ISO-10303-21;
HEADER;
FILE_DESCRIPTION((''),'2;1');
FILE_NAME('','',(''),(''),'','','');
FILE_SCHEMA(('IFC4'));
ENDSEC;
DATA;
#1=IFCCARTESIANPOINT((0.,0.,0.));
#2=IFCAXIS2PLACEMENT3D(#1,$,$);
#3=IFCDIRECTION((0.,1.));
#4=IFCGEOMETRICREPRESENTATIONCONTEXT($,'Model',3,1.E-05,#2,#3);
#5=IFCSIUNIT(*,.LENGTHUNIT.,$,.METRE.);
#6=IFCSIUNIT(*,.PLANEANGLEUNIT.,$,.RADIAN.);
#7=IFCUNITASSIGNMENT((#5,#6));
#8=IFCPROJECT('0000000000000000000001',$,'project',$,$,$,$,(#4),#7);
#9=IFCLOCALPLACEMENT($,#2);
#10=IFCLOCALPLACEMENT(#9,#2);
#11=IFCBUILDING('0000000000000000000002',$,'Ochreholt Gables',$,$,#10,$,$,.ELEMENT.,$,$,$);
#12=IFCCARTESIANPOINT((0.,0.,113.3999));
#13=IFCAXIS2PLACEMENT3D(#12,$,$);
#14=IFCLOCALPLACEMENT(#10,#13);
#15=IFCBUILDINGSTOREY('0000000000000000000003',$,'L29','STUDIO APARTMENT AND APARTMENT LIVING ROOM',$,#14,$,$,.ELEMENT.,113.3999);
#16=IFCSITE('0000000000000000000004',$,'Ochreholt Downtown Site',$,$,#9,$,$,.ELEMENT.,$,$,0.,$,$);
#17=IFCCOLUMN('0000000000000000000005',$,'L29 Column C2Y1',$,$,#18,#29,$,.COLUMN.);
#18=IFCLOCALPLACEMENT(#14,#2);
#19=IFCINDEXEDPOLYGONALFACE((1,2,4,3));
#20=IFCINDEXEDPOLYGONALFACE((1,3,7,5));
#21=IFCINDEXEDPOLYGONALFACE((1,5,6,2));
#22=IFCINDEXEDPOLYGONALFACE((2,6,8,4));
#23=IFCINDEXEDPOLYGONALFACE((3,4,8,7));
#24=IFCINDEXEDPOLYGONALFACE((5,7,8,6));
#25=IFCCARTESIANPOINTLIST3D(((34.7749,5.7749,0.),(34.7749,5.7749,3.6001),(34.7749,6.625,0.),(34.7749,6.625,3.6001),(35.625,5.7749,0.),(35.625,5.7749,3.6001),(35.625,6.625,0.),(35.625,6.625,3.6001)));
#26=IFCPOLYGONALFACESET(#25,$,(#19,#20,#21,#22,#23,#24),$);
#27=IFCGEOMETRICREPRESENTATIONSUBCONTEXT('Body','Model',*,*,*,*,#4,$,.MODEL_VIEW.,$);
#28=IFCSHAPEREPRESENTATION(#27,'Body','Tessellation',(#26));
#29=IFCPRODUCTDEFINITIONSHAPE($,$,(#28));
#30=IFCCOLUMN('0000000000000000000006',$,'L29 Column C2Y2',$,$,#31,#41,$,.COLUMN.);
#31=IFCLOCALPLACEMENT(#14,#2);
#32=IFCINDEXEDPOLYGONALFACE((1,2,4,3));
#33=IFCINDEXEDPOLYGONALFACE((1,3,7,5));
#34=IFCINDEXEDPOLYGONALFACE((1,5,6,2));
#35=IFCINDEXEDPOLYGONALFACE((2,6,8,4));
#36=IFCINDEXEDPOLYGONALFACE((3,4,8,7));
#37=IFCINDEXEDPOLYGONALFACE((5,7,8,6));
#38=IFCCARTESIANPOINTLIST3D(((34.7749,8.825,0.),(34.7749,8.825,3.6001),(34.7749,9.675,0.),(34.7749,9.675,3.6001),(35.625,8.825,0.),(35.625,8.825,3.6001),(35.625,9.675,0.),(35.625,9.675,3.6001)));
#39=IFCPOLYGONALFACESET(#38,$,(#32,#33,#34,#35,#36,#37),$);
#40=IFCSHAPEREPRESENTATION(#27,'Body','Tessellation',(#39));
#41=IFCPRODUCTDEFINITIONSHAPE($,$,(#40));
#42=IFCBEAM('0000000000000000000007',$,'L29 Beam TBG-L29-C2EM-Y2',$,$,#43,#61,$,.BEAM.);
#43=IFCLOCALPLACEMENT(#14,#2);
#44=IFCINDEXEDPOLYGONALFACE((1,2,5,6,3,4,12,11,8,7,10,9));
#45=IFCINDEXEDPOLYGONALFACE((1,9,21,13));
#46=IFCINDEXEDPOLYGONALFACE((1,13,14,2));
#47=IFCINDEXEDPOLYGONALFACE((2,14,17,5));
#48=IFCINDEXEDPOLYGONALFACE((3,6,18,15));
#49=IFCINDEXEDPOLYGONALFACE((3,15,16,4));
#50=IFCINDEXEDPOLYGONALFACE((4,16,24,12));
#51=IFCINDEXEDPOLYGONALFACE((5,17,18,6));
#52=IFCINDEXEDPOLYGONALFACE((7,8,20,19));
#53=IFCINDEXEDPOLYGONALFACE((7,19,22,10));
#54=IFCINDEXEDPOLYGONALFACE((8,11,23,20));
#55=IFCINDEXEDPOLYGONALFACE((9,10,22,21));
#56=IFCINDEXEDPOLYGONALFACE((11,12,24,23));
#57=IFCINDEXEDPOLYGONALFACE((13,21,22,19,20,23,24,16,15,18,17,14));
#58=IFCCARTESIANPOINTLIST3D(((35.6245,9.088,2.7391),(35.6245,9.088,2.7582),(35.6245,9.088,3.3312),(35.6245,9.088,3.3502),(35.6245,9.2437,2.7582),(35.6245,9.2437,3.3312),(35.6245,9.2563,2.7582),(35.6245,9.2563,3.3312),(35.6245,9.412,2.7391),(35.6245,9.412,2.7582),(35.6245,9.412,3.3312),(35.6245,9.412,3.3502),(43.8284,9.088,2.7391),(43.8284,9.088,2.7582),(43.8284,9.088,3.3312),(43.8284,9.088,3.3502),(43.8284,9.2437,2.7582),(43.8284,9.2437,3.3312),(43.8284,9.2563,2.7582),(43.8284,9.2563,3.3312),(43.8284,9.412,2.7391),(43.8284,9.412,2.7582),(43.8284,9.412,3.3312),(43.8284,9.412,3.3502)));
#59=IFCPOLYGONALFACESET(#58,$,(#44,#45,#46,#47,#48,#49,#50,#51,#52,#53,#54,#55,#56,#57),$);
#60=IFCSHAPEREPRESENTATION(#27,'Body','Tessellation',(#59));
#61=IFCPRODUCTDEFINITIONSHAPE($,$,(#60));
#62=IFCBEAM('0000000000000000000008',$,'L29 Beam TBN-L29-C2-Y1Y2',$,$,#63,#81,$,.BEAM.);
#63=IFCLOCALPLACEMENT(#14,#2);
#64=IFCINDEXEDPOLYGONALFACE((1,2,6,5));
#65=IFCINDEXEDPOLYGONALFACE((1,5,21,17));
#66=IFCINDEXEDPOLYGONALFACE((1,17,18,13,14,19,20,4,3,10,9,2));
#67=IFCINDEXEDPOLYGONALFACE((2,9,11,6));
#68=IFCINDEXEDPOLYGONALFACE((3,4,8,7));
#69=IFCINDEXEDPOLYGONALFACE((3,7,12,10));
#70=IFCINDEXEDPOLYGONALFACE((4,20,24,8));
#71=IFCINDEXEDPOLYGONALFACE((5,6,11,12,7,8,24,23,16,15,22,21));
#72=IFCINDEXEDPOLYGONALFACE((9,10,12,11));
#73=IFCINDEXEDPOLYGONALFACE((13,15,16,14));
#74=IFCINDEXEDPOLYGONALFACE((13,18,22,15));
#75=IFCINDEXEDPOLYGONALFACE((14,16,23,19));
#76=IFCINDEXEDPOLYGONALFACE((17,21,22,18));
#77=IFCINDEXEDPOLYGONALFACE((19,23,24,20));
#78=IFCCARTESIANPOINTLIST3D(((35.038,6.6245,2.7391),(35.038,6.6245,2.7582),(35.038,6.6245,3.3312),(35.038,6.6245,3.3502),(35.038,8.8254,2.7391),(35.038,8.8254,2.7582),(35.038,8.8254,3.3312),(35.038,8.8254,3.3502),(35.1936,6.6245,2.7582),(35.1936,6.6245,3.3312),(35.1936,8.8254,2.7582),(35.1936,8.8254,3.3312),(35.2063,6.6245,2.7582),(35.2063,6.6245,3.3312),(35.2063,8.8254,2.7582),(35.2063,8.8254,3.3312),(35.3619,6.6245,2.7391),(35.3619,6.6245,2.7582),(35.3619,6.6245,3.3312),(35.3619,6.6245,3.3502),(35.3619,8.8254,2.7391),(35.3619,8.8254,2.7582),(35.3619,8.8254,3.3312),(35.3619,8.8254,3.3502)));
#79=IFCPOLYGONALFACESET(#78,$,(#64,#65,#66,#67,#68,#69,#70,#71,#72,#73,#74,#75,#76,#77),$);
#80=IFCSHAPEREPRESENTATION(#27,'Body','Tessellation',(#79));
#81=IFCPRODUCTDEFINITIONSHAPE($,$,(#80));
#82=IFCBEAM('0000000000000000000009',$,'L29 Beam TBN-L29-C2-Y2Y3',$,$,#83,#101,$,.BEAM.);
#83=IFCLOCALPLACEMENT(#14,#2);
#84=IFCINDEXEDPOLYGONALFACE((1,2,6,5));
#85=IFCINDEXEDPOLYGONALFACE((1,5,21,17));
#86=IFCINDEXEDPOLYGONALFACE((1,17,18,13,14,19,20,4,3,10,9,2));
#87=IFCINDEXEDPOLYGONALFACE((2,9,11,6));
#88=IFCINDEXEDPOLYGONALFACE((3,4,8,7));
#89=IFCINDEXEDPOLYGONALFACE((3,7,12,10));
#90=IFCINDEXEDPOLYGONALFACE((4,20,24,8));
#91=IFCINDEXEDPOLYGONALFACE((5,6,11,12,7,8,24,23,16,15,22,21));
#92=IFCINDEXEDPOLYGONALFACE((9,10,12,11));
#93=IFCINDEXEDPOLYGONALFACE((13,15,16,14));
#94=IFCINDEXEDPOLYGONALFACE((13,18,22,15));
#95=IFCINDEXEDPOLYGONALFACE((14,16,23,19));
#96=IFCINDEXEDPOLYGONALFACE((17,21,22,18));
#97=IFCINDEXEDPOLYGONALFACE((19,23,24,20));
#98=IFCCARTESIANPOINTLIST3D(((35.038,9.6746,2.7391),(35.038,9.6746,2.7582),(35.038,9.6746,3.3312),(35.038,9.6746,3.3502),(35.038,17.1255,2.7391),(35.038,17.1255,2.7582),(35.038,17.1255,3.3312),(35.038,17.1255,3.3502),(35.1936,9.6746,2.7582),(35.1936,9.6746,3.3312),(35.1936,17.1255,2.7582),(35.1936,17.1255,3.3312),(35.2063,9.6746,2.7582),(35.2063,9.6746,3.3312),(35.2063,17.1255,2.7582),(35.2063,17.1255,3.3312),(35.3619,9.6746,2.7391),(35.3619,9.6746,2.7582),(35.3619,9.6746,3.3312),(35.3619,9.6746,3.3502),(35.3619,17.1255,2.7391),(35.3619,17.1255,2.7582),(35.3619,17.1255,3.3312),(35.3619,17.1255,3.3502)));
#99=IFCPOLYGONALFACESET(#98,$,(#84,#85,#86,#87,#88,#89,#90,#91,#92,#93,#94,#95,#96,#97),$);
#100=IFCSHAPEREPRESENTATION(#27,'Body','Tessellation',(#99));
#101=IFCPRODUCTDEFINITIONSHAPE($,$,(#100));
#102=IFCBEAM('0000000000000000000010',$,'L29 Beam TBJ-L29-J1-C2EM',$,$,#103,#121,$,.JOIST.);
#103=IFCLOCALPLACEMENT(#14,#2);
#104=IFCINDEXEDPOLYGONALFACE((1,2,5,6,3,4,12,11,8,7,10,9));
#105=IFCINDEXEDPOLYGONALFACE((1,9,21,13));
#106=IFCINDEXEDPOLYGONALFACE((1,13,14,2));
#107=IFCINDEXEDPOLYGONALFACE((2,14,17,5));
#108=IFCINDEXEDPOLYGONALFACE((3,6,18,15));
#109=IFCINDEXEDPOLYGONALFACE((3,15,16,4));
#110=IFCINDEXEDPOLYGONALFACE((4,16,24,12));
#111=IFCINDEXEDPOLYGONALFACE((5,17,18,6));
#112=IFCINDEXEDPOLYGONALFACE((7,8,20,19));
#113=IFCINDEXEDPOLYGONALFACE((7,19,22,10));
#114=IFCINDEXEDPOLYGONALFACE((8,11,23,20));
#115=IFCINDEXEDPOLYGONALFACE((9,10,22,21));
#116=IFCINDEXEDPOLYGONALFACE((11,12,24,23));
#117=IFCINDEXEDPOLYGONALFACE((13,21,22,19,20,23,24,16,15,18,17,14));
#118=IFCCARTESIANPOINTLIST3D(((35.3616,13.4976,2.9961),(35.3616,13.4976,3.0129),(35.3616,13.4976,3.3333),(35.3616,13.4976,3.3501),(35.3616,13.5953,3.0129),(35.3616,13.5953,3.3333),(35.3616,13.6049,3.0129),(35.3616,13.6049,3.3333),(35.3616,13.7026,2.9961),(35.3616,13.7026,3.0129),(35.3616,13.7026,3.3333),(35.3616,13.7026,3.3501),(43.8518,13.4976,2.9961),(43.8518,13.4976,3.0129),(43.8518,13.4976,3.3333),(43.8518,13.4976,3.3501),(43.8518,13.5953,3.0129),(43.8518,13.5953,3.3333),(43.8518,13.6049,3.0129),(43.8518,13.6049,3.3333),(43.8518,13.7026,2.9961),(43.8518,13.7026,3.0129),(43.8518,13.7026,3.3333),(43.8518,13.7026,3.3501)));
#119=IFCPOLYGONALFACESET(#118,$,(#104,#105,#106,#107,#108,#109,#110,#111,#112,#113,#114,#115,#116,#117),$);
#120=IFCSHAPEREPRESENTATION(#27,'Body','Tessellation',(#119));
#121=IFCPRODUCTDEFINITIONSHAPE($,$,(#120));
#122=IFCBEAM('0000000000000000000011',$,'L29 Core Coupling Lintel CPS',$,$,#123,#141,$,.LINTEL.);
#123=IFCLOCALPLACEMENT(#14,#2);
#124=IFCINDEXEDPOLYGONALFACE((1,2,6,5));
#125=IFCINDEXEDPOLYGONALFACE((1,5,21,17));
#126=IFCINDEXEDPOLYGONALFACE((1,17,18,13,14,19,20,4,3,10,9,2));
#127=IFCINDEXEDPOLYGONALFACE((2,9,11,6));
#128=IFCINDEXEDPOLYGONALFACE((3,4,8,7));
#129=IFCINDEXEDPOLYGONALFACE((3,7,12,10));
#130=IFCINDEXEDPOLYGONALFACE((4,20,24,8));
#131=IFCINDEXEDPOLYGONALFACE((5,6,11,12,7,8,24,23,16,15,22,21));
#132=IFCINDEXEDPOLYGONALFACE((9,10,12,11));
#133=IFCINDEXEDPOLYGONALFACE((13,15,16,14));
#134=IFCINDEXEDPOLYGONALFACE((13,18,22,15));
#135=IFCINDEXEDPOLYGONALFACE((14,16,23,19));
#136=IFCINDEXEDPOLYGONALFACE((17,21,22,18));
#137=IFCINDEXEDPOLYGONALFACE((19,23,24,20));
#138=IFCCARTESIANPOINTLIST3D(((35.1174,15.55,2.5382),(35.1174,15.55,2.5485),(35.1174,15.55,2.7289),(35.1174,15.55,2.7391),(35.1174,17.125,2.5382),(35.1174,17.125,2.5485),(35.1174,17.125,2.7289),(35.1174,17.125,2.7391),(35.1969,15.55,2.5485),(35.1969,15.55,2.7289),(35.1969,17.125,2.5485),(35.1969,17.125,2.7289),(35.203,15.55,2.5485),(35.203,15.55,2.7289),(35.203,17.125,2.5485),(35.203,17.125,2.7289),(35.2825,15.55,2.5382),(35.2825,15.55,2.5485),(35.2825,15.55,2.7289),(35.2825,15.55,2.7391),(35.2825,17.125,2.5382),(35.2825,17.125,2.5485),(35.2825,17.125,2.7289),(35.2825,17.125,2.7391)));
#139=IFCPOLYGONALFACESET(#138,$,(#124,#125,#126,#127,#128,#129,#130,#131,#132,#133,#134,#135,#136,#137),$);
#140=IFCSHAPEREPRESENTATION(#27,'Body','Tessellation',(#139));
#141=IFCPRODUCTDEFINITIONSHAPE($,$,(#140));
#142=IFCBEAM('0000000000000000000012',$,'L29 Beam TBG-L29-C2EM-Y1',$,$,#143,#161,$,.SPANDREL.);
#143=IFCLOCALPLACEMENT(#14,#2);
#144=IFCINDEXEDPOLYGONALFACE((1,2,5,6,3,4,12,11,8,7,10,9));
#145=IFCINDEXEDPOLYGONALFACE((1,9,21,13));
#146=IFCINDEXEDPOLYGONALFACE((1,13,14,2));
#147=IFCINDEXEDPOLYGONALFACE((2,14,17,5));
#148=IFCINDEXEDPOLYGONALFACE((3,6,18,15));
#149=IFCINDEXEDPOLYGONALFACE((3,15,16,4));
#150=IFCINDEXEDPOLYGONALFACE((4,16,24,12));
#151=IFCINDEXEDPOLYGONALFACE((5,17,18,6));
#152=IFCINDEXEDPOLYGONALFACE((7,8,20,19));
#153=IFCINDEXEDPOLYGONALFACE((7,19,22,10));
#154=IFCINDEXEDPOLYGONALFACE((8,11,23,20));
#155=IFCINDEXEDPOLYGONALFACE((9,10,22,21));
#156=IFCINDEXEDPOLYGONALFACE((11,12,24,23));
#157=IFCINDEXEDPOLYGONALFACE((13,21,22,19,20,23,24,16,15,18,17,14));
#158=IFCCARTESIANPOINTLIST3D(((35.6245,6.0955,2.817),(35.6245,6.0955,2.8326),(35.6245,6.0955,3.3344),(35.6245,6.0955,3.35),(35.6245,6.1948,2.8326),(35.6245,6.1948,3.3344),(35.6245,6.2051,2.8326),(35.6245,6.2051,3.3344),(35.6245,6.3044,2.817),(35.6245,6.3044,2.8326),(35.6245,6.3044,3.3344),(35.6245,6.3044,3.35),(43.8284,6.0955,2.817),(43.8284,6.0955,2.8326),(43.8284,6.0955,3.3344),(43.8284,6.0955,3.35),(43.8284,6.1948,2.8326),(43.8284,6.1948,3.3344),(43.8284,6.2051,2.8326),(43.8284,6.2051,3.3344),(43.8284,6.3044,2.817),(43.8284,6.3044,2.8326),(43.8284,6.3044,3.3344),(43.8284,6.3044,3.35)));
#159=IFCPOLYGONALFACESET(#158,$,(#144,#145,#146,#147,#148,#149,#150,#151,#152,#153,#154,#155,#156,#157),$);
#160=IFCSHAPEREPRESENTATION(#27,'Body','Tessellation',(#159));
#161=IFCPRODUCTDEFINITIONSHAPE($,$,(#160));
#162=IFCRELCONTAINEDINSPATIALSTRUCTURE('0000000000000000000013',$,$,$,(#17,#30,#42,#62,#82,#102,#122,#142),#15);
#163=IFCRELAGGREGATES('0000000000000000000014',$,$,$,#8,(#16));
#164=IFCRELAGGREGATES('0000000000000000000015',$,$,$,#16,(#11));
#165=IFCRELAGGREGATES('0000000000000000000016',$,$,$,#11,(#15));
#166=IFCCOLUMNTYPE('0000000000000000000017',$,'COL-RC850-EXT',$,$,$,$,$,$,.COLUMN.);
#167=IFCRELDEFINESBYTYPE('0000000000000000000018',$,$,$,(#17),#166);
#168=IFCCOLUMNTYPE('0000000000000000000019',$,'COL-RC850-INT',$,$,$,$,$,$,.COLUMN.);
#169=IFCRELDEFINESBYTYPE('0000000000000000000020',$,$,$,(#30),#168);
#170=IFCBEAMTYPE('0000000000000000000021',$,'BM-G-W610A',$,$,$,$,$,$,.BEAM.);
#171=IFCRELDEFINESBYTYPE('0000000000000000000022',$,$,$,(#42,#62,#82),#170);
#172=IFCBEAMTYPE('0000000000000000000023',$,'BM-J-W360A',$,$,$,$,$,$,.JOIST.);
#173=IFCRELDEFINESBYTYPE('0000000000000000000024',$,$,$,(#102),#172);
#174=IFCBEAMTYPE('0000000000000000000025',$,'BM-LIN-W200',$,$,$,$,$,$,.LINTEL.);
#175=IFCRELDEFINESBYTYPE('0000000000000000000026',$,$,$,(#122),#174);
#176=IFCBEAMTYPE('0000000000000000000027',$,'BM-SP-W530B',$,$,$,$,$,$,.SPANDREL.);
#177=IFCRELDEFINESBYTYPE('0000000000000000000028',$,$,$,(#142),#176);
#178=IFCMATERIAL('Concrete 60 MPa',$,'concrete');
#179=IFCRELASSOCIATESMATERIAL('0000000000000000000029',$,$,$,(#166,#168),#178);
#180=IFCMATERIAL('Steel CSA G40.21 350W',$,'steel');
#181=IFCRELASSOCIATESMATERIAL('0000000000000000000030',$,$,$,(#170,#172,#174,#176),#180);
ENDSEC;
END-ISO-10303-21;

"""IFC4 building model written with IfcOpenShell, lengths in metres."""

from ifc_helpers import new_model, si_unit, direction, frame, origin, origin_2d, place, context, subcontext, project, spatial, rectangle, i_section, extrude, material, material_profile, profile_set, type_object, element, save


model = new_model("IFC4")

# Units and contexts
model_context = context("Model", 3, precision=1e-05, world=origin(), true_north=direction((0.0, 1.0)))
body_context = subcontext(model_context, "Body", "Model", "MODEL_VIEW")
ifc_project = project(units=[si_unit("LENGTHUNIT", "METRE"), si_unit("PLANEANGLEUNIT", "RADIAN")], contexts=[model_context])

# Site, building, storey
site_placement = place(None, origin())
site = spatial("IfcSite", under=ifc_project, at=site_placement, Name="Ochreholt Downtown Site", CompositionType="ELEMENT", RefElevation=0.0)
building_placement = place(site_placement, origin())
building = spatial("IfcBuilding", under=site, at=building_placement, Name="Ochreholt Gables", CompositionType="ELEMENT")
storey_placement = place(building_placement, frame((0.0, 0.0, 113.3999)))
storey = spatial("IfcBuildingStorey", under=building, at=storey_placement, Name="L29", Description="STUDIO APARTMENT AND APARTMENT LIVING ROOM", CompositionType="ELEMENT", Elevation=113.3999)

# Columns
ifc_material_1 = material(Name="Concrete 60 MPa", Category="concrete")
ifc_material_profile_1 = material_profile(ifc_material_1, rectangle(XDim=0.8501, YDim=0.8501, at=origin_2d()), Name="RC850X850")
ifc_profile_set_1 = profile_set([ifc_material_profile_1], Name="Concrete 60 MPa")
column_type_1 = type_object("IfcColumnType", Name="COL-RC850-EXT", PredefinedType="COLUMN", material=ifc_profile_set_1)
column_1_placement = place(storey_placement, frame((35.2, 6.2, 0.0), z_axis=(0.0, 0.0, 1.0), x_axis=(1.0, 0.0, 0.0)))
element("IfcColumn", 1, at=column_1_placement, inside=storey, type_object=column_type_1, Name="L29 Column C2Y1", PredefinedType="COLUMN", context=body_context, shape_type="SweptSolid", body=[
    extrude(rectangle(XDim=0.8501, YDim=0.8501, at=origin_2d()), origin(), (0.0, 0.0, 1.0), 3.6001),
])
ifc_material_profile_2 = material_profile(ifc_material_1, rectangle(XDim=0.8501, YDim=0.8501, at=origin_2d()), Name="RC850X850")
ifc_profile_set_2 = profile_set([ifc_material_profile_2], Name="Concrete 60 MPa")
column_type_2 = type_object("IfcColumnType", Name="COL-RC850-INT", PredefinedType="COLUMN", material=ifc_profile_set_2)
column_2_placement = place(storey_placement, frame((35.2, 9.25, 0.0), z_axis=(0.0, 0.0, 1.0), x_axis=(1.0, 0.0, 0.0)))
element("IfcColumn", 2, at=column_2_placement, inside=storey, type_object=column_type_2, Name="L29 Column C2Y2", PredefinedType="COLUMN", context=body_context, shape_type="SweptSolid", body=[
    extrude(rectangle(XDim=0.8501, YDim=0.8501, at=origin_2d()), origin(), (0.0, 0.0, 1.0), 3.6001),
])

# Beams
ifc_material_2 = material(Name="Steel CSA G40.21 350W", Category="steel")
ifc_material_profile_3 = material_profile(ifc_material_2, i_section(OverallWidth=0.324, OverallDepth=0.6111, WebThickness=0.0127, FlangeThickness=0.019, at=origin_2d()), Name="W610X155")
ifc_profile_set_3 = profile_set([ifc_material_profile_3], Name="Steel CSA G40.21 350W")
beam_type_1 = type_object("IfcBeamType", Name="BM-G-W610A", PredefinedType="BEAM", material=ifc_profile_set_3)
beam_1_placement = place(storey_placement, frame((35.6245, 9.25, 3.0447), z_axis=(1.0, 0.0, 0.0), x_axis=(0.0, 1.0, 0.0)))
element("IfcBeam", 3, at=beam_1_placement, inside=storey, type_object=beam_type_1, Name="L29 Beam TBG-L29-C2EM-Y2", PredefinedType="BEAM", context=body_context, shape_type="SweptSolid", body=[
    extrude(i_section(OverallWidth=0.324, OverallDepth=0.6111, WebThickness=0.0127, FlangeThickness=0.019, at=origin_2d()), origin(), (0.0, 0.0, 1.0), 8.2039),
])
beam_2_placement = place(storey_placement, frame((35.2, 6.6245, 3.0447), z_axis=(0.0, 1.0, 0.0), x_axis=(-1.0, 0.0, 0.0)))
element("IfcBeam", 4, at=beam_2_placement, inside=storey, type_object=beam_type_1, Name="L29 Beam TBN-L29-C2-Y1Y2", PredefinedType="BEAM", context=body_context, shape_type="SweptSolid", body=[
    extrude(i_section(OverallWidth=0.324, OverallDepth=0.6111, WebThickness=0.0127, FlangeThickness=0.019, at=origin_2d()), origin(), (0.0, 0.0, 1.0), 2.2009),
])
beam_3_placement = place(storey_placement, frame((35.2, 9.6746, 3.0447), z_axis=(0.0, 1.0, 0.0), x_axis=(-1.0, 0.0, 0.0)))
element("IfcBeam", 5, at=beam_3_placement, inside=storey, type_object=beam_type_1, Name="L29 Beam TBN-L29-C2-Y2Y3", PredefinedType="BEAM", context=body_context, shape_type="SweptSolid", body=[
    extrude(i_section(OverallWidth=0.324, OverallDepth=0.6111, WebThickness=0.0127, FlangeThickness=0.019, at=origin_2d()), origin(), (0.0, 0.0, 1.0), 7.4509),
])
ifc_material_profile_4 = material_profile(ifc_material_2, i_section(OverallWidth=0.2051, OverallDepth=0.354, WebThickness=0.0095, FlangeThickness=0.0168, at=origin_2d()), Name="W360X79")
ifc_profile_set_4 = profile_set([ifc_material_profile_4], Name="Steel CSA G40.21 350W")
beam_type_2 = type_object("IfcBeamType", Name="BM-J-W360A", PredefinedType="JOIST", material=ifc_profile_set_4)
beam_4_placement = place(storey_placement, frame((35.3616, 13.6001, 3.1731), z_axis=(1.0, 0.0, 0.0), x_axis=(0.0, 1.0, 0.0)))
element("IfcBeam", 6, at=beam_4_placement, inside=storey, type_object=beam_type_2, Name="L29 Beam TBJ-L29-J1-C2EM", PredefinedType="JOIST", context=body_context, shape_type="SweptSolid", body=[
    extrude(i_section(OverallWidth=0.2051, OverallDepth=0.354, WebThickness=0.0095, FlangeThickness=0.0168, at=origin_2d()), origin(), (0.0, 0.0, 1.0), 8.4902),
])
ifc_material_profile_5 = material_profile(ifc_material_2, i_section(OverallWidth=0.165, OverallDepth=0.2009, WebThickness=0.0061, FlangeThickness=0.0103, at=origin_2d()), Name="W200X36")
ifc_profile_set_5 = profile_set([ifc_material_profile_5], Name="Steel CSA G40.21 350W")
beam_type_3 = type_object("IfcBeamType", Name="BM-LIN-W200", PredefinedType="LINTEL", material=ifc_profile_set_5)
beam_5_placement = place(storey_placement, frame((35.2, 15.55, 2.6387), z_axis=(0.0, 1.0, 0.0), x_axis=(-1.0, 0.0, 0.0)))
element("IfcBeam", 7, at=beam_5_placement, inside=storey, type_object=beam_type_3, Name="L29 Core Coupling Lintel CPS", PredefinedType="LINTEL", context=body_context, shape_type="SweptSolid", body=[
    extrude(i_section(OverallWidth=0.165, OverallDepth=0.2009, WebThickness=0.0061, FlangeThickness=0.0103, at=origin_2d()), origin(), (0.0, 0.0, 1.0), 1.575),
])
ifc_material_profile_6 = material_profile(ifc_material_2, i_section(OverallWidth=0.209, OverallDepth=0.533, WebThickness=0.0103, FlangeThickness=0.0156, at=origin_2d()), Name="W530X92")
ifc_profile_set_6 = profile_set([ifc_material_profile_6], Name="Steel CSA G40.21 350W")
beam_type_4 = type_object("IfcBeamType", Name="BM-SP-W530B", PredefinedType="SPANDREL", material=ifc_profile_set_6)
beam_6_placement = place(storey_placement, frame((35.6245, 6.2, 3.0835), z_axis=(1.0, 0.0, 0.0), x_axis=(0.0, 1.0, 0.0)))
element("IfcBeam", 8, at=beam_6_placement, inside=storey, type_object=beam_type_4, Name="L29 Beam TBG-L29-C2EM-Y1", PredefinedType="SPANDREL", context=body_context, shape_type="SweptSolid", body=[
    extrude(i_section(OverallWidth=0.209, OverallDepth=0.533, WebThickness=0.0103, FlangeThickness=0.0156, at=origin_2d()), origin(), (0.0, 0.0, 1.0), 8.2039),
])

save(model, "model.ifc")
